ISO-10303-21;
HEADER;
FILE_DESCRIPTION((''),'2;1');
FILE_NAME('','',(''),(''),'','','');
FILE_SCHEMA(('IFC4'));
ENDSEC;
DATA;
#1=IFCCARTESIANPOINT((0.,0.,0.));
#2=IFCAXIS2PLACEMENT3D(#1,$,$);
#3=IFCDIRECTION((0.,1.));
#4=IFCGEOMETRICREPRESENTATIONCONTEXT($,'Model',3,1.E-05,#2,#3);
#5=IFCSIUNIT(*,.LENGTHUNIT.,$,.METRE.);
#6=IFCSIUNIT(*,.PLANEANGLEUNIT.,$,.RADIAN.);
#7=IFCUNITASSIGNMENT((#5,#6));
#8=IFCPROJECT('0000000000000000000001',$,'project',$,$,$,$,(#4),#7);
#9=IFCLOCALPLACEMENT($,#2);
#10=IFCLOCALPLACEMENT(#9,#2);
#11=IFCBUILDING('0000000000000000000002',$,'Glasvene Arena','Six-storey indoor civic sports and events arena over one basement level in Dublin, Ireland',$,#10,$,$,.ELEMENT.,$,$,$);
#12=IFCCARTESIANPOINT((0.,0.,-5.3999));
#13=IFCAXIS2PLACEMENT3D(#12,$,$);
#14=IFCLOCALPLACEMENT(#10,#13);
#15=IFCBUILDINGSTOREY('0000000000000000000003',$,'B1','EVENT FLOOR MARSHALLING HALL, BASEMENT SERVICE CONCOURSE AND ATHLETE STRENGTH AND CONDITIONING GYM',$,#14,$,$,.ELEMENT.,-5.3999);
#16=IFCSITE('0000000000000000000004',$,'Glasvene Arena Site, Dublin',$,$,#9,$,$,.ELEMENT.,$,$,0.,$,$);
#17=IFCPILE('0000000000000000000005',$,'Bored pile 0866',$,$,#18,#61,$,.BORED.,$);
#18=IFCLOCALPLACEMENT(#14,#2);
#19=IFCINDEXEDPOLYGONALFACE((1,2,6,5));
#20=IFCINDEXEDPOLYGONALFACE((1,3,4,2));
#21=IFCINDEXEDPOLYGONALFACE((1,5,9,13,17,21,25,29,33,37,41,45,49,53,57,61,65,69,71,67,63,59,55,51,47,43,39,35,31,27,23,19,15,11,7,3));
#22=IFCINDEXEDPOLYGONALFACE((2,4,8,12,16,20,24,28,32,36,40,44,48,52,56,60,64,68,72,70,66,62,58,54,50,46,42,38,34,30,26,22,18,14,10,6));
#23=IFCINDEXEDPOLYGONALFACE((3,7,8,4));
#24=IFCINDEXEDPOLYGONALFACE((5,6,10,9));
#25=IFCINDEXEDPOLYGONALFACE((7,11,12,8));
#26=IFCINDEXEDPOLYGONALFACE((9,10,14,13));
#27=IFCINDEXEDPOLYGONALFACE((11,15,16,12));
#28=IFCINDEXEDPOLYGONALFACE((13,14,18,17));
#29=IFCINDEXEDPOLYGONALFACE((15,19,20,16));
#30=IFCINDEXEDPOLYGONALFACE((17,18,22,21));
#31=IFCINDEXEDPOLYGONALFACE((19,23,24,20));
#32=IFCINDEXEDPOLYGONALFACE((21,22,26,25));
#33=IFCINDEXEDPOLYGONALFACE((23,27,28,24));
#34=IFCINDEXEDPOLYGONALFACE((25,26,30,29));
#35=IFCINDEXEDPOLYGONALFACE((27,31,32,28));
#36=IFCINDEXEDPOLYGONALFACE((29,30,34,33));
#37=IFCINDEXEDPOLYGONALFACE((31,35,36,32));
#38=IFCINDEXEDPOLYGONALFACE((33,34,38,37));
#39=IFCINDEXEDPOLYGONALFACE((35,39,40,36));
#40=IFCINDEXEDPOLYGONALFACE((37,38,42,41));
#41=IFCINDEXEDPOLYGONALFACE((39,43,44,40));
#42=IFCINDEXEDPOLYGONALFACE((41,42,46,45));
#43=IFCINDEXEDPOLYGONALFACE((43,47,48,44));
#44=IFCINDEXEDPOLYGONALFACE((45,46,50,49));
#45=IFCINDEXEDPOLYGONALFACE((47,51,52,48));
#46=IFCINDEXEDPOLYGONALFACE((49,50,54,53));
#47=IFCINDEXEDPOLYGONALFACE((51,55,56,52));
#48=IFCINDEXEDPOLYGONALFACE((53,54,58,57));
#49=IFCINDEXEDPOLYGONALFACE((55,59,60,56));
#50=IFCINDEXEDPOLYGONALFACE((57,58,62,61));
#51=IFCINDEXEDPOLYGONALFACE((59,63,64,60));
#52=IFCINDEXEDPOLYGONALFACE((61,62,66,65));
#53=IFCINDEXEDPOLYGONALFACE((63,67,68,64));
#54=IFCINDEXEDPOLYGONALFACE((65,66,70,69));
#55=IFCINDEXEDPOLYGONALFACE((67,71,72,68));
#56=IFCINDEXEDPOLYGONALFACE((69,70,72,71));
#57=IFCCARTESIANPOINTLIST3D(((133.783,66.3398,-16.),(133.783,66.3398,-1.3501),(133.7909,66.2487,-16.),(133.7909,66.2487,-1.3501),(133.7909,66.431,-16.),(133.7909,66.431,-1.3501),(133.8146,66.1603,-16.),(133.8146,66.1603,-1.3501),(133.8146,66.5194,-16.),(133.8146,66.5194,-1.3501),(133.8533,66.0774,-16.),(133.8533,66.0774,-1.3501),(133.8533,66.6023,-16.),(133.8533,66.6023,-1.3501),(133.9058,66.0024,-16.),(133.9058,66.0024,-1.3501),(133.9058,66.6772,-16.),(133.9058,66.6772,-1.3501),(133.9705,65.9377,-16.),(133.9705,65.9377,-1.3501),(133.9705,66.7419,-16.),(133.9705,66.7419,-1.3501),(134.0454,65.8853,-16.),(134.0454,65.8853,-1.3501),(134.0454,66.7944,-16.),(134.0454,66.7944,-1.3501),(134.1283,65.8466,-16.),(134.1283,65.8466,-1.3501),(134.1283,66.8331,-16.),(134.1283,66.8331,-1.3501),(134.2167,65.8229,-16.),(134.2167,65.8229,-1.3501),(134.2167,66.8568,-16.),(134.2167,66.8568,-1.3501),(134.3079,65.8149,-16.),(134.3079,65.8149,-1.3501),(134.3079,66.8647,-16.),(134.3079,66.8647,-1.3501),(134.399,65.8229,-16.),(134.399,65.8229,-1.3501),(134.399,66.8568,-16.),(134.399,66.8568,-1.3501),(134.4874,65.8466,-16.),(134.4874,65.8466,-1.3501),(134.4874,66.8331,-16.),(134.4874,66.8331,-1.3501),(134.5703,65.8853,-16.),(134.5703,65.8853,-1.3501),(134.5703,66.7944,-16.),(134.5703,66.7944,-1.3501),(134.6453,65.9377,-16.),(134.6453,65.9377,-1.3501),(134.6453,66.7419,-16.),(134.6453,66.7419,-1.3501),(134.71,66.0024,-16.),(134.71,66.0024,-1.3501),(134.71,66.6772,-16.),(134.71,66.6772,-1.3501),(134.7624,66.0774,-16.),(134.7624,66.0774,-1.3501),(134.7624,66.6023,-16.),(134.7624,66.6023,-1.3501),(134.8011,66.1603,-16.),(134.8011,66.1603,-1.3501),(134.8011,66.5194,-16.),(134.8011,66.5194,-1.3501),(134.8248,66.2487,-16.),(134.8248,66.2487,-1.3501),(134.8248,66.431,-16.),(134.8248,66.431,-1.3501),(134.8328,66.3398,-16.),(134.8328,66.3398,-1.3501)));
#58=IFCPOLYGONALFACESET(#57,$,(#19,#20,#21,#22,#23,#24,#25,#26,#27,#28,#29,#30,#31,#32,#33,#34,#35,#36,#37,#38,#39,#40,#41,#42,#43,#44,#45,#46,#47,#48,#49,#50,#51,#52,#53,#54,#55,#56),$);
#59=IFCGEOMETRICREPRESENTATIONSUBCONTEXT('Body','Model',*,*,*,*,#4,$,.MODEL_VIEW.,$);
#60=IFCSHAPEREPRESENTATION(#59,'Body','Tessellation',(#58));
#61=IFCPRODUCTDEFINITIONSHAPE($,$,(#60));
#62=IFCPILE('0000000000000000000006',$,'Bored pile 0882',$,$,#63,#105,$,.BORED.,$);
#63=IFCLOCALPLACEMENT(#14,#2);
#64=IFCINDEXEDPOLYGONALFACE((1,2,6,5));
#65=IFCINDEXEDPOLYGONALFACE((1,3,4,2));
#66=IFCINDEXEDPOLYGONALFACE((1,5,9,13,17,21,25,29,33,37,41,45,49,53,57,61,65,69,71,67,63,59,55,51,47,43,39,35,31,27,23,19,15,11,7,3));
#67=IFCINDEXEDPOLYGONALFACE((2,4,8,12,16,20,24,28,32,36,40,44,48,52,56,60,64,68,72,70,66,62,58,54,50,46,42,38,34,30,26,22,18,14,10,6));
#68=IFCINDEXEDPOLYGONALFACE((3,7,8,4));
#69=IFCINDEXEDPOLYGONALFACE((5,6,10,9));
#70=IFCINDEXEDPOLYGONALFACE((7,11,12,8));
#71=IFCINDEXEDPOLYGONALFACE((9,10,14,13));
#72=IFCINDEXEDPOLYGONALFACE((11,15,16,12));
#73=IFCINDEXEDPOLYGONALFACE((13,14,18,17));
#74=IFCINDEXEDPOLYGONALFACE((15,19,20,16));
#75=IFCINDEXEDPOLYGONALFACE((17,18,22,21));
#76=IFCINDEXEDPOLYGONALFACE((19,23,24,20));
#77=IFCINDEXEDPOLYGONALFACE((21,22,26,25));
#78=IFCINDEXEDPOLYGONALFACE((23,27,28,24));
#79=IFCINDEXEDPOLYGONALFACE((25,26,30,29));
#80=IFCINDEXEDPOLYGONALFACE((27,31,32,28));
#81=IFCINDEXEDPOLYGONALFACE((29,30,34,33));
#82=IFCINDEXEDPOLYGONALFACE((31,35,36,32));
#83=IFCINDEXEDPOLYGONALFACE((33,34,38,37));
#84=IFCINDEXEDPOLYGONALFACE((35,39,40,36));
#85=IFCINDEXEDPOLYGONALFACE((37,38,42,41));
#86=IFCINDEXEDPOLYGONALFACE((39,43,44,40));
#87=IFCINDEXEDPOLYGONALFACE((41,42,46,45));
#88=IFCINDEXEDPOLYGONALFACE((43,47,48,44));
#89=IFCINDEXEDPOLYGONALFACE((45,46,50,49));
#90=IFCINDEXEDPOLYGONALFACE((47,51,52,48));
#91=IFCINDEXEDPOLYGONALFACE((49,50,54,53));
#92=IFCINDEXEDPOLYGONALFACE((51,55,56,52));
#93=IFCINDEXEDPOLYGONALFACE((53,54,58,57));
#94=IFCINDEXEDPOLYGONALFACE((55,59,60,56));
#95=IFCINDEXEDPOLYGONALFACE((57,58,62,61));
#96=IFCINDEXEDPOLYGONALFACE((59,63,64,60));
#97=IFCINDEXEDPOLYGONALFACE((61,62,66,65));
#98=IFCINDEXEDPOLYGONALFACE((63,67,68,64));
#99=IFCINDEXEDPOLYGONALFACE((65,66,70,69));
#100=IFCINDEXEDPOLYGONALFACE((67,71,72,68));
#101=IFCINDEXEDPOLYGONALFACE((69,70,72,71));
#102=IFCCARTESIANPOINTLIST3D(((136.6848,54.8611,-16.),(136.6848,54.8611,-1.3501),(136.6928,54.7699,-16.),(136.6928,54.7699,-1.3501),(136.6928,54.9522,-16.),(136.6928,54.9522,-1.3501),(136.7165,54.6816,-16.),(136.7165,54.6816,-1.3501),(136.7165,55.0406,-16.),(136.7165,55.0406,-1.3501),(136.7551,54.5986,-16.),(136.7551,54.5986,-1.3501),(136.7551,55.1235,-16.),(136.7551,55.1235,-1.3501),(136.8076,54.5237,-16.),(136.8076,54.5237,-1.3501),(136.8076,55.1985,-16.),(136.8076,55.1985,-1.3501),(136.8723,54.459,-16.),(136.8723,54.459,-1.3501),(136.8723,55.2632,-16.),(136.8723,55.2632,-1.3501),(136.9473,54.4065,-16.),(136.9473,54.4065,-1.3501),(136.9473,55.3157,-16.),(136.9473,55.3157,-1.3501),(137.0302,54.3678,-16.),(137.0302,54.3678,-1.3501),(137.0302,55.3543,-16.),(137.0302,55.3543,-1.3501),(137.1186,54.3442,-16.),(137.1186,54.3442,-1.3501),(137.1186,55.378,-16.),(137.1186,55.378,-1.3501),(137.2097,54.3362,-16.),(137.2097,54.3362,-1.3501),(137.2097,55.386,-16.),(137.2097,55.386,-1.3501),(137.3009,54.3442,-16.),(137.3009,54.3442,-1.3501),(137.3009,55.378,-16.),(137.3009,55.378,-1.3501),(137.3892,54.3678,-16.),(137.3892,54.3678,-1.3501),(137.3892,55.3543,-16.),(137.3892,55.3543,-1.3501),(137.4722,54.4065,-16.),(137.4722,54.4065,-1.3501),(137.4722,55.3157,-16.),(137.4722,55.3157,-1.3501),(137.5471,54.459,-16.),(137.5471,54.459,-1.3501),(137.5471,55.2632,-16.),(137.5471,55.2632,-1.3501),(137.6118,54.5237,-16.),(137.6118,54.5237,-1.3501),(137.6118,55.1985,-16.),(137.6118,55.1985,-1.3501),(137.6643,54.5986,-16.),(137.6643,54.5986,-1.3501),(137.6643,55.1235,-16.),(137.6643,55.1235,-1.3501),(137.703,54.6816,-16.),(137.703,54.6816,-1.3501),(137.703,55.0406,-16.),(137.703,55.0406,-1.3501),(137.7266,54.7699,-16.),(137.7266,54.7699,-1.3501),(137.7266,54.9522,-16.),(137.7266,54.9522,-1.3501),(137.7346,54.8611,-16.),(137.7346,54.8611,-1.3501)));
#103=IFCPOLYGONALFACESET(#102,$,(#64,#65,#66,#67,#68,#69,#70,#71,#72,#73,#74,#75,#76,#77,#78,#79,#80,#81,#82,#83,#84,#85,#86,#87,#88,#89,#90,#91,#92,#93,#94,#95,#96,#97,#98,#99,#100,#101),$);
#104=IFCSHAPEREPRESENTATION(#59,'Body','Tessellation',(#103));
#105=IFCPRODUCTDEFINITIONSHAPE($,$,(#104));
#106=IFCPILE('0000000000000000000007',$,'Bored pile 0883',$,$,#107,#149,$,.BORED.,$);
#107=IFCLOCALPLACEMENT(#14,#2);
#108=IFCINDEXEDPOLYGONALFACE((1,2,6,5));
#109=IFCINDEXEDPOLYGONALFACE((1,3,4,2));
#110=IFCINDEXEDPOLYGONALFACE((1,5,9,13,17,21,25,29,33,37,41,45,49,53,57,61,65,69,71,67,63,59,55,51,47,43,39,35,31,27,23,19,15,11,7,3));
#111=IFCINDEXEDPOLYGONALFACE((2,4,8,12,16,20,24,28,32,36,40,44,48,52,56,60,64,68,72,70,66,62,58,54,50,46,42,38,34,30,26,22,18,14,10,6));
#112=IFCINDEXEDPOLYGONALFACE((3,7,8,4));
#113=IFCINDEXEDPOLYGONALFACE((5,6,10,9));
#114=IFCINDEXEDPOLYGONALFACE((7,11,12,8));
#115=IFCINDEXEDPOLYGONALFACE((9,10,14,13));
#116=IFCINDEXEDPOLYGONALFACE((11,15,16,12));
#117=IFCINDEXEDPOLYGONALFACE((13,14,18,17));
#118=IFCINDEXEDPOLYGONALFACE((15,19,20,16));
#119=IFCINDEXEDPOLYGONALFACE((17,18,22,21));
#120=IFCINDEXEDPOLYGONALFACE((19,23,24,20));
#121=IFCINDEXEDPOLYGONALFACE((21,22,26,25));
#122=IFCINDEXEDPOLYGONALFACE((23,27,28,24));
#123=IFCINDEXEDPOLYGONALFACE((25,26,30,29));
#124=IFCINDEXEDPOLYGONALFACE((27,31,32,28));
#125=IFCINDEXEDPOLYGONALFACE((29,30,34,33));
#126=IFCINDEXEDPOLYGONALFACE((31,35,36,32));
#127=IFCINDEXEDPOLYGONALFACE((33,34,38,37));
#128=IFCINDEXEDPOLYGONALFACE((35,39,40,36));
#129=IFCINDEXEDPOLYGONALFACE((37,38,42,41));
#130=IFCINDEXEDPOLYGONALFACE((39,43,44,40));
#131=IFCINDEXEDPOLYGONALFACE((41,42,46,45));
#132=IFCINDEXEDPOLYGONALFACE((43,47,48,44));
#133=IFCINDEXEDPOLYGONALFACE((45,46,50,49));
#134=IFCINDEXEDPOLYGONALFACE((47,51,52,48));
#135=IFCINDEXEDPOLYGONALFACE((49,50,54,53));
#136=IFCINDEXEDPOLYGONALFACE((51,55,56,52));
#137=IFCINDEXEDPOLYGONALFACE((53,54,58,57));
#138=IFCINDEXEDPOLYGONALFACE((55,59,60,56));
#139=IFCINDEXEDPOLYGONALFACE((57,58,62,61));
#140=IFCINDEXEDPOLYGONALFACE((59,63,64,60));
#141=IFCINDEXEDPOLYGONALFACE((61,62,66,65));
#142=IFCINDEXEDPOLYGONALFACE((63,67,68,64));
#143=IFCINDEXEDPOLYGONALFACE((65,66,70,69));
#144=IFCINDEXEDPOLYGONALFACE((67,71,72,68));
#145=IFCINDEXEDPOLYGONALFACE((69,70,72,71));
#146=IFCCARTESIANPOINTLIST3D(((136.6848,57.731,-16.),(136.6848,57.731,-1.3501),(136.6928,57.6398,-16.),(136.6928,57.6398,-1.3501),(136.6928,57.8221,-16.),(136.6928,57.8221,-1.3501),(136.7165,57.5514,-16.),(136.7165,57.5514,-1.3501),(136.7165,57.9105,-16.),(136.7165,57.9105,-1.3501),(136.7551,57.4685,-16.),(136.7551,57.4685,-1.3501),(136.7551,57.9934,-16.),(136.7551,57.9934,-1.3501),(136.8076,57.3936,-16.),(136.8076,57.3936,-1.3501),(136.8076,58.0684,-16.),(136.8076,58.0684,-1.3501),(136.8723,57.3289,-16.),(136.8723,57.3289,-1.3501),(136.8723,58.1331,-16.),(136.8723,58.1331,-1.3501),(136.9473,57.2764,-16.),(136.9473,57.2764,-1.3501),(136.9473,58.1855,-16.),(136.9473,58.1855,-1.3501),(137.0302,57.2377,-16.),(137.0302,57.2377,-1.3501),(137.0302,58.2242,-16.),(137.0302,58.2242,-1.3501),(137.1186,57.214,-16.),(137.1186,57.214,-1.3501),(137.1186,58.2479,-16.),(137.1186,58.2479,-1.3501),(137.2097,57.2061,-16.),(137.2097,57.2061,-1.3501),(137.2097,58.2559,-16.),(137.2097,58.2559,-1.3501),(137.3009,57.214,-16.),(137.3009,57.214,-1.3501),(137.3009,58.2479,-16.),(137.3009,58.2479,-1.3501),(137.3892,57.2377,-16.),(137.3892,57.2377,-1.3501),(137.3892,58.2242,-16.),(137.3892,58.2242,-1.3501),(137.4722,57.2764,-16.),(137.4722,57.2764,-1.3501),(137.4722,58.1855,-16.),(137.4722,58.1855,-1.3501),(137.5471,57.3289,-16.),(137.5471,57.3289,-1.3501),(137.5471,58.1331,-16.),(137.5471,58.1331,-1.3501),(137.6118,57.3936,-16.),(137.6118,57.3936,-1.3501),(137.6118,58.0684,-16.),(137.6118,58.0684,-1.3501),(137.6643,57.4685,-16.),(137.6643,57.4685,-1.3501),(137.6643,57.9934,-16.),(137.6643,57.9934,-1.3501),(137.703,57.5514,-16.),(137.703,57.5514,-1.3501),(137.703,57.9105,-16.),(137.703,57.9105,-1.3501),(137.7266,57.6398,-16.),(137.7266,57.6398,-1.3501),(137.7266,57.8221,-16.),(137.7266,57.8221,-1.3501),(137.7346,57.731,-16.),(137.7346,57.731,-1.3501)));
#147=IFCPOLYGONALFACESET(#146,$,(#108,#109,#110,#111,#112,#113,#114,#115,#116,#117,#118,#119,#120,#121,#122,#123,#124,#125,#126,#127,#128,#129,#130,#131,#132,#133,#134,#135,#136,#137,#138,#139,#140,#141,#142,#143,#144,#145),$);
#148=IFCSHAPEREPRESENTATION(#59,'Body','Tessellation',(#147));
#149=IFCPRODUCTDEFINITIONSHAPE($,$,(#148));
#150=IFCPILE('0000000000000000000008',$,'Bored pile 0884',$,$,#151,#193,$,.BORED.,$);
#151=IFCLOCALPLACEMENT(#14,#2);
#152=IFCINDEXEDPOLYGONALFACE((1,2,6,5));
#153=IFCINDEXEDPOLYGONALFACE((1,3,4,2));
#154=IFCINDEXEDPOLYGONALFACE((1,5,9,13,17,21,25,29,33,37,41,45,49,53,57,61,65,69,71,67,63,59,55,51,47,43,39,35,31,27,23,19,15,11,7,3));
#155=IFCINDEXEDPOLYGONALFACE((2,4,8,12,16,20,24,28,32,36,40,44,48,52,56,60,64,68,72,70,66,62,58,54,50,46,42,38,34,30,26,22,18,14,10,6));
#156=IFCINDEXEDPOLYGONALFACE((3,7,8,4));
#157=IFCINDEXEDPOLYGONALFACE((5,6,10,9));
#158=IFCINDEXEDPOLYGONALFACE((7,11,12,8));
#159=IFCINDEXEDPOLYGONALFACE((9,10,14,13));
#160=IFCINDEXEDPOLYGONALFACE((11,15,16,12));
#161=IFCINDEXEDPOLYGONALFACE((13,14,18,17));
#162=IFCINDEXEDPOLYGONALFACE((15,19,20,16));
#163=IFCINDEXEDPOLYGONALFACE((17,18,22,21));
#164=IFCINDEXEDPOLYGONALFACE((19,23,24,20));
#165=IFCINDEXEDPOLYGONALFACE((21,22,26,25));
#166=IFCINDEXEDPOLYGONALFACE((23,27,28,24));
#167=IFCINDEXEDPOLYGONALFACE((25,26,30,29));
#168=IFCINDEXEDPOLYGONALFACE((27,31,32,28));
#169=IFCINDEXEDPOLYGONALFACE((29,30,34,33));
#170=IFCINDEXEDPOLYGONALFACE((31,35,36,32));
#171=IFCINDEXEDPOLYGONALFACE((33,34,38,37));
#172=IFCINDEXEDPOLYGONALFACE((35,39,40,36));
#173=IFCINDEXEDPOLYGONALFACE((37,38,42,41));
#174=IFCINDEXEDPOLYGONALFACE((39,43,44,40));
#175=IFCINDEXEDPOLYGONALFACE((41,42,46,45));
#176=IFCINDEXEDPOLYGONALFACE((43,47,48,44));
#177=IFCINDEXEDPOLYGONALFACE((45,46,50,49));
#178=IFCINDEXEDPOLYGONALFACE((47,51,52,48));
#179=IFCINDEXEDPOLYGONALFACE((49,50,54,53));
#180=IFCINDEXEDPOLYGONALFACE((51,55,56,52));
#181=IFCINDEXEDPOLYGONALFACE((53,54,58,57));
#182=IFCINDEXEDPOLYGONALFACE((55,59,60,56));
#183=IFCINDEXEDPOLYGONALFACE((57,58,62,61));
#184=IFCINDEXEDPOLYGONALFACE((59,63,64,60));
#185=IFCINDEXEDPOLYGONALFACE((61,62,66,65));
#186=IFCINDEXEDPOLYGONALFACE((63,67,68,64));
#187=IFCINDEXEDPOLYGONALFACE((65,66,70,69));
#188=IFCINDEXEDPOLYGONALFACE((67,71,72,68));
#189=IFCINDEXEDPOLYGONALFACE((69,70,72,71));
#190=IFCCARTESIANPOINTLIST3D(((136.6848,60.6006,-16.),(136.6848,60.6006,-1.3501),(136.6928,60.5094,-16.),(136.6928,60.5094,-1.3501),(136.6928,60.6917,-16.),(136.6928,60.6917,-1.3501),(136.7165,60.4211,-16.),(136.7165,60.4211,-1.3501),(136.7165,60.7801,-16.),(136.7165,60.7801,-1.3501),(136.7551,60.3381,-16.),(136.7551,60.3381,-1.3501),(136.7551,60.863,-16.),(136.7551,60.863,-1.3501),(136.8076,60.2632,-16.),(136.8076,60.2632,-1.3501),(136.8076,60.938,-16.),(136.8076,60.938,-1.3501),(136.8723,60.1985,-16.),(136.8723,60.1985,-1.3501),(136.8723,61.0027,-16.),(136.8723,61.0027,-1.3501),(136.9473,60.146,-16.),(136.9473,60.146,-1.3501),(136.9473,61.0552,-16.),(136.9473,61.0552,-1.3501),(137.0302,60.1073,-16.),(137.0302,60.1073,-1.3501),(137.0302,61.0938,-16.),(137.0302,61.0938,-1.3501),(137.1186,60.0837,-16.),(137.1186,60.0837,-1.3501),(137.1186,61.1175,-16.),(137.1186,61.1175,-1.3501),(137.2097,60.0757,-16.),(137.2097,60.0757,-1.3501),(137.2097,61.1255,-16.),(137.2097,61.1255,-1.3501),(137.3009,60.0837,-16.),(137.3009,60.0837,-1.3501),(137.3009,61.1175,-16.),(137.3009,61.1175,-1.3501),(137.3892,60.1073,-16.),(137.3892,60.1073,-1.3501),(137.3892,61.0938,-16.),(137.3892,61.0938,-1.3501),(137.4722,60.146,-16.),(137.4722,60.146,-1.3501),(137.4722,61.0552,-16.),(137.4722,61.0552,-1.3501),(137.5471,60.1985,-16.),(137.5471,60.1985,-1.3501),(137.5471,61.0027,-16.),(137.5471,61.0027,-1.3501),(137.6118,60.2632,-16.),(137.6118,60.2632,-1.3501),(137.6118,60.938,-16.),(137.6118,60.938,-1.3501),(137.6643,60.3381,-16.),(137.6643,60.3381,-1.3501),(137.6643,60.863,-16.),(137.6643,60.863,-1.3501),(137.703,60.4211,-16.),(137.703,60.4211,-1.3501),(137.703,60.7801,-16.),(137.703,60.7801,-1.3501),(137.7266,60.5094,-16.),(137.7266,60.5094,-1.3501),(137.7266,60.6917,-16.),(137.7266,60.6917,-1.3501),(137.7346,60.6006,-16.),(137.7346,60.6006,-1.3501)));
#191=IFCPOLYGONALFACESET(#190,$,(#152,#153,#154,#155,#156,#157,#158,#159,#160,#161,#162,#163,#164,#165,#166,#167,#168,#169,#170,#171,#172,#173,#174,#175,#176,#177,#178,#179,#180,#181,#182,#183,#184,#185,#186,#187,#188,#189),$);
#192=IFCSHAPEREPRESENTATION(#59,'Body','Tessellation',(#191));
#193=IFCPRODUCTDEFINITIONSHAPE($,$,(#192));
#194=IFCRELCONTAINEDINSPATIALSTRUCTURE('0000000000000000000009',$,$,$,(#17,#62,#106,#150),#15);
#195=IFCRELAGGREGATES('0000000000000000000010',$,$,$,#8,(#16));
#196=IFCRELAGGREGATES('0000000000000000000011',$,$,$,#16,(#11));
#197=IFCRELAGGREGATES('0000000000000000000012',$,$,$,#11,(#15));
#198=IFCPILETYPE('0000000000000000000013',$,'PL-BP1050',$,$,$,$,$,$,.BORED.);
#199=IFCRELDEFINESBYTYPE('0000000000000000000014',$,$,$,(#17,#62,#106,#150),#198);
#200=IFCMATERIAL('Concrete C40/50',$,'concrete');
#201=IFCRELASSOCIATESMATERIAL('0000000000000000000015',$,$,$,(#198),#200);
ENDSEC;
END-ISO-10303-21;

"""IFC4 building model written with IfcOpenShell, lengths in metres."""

from ifc_helpers import new_model, si_unit, direction, frame, origin, origin_2d, place, context, subcontext, project, spatial, circle, extrude, material, material_profile, profile_set, type_object, element, save


model = new_model("IFC4")

# Units and contexts
model_context = context("Model", 3, precision=1e-05, world=origin(), true_north=direction((0.0, 1.0)))
body_context = subcontext(model_context, "Body", "Model", "MODEL_VIEW")
ifc_project = project(units=[si_unit("LENGTHUNIT", "METRE"), si_unit("PLANEANGLEUNIT", "RADIAN")], contexts=[model_context])

# Site, building, storey
site_placement = place(None, origin())
site = spatial("IfcSite", under=ifc_project, at=site_placement, Name="Glasvene Arena Site, Dublin", CompositionType="ELEMENT", RefElevation=0.0)
building_placement = place(site_placement, origin())
building = spatial("IfcBuilding", under=site, at=building_placement, Name="Glasvene Arena", Description="Six-storey indoor civic sports and events arena over one basement level in Dublin, Ireland", CompositionType="ELEMENT")
storey_placement = place(building_placement, frame((0.0, 0.0, -5.3999)))
storey = spatial("IfcBuildingStorey", under=building, at=storey_placement, Name="B1", Description="EVENT FLOOR MARSHALLING HALL, BASEMENT SERVICE CONCOURSE AND ATHLETE STRENGTH AND CONDITIONING GYM", CompositionType="ELEMENT", Elevation=-5.3999)

# Piles
ifc_material_1 = material(Name="Concrete C40/50", Category="concrete")
ifc_material_profile_1 = material_profile(ifc_material_1, circle(Radius=0.5249, at=origin_2d()), Name="BORED PILE 1050")
ifc_profile_set_1 = profile_set([ifc_material_profile_1], Name="Concrete C40/50")
pile_type = type_object("IfcPileType", Name="PL-BP1050", PredefinedType="BORED", material=ifc_profile_set_1)
for number, where, z_axis, x_axis, name in (
    (1, (134.3079, 66.3398, -1.3501), (0.0, 0.0, -1.0), (1.0, 0.0, 0.0), "Bored pile 0866"),
    (2, (137.2097, 54.8611, -1.3501), (0.0, 0.0, -1.0), (1.0, 0.0, 0.0), "Bored pile 0882"),
    (3, (137.2097, 57.731, -1.3501), (0.0, 0.0, -1.0), (1.0, 0.0, 0.0), "Bored pile 0883"),
    (4, (137.2097, 60.6006, -1.3501), (0.0, 0.0, -1.0), (1.0, 0.0, 0.0), "Bored pile 0884"),
):
    element("IfcPile", number, at=place(storey_placement, frame(where, z_axis=z_axis, x_axis=x_axis)), inside=storey, type_object=pile_type, Name=name, PredefinedType="BORED", context=body_context, shape_type="SweptSolid", body=[
        extrude(circle(Radius=0.5249, at=origin_2d()), origin(), (0.0, 0.0, 1.0), 14.6499),
    ])

save(model, "model.ifc")
